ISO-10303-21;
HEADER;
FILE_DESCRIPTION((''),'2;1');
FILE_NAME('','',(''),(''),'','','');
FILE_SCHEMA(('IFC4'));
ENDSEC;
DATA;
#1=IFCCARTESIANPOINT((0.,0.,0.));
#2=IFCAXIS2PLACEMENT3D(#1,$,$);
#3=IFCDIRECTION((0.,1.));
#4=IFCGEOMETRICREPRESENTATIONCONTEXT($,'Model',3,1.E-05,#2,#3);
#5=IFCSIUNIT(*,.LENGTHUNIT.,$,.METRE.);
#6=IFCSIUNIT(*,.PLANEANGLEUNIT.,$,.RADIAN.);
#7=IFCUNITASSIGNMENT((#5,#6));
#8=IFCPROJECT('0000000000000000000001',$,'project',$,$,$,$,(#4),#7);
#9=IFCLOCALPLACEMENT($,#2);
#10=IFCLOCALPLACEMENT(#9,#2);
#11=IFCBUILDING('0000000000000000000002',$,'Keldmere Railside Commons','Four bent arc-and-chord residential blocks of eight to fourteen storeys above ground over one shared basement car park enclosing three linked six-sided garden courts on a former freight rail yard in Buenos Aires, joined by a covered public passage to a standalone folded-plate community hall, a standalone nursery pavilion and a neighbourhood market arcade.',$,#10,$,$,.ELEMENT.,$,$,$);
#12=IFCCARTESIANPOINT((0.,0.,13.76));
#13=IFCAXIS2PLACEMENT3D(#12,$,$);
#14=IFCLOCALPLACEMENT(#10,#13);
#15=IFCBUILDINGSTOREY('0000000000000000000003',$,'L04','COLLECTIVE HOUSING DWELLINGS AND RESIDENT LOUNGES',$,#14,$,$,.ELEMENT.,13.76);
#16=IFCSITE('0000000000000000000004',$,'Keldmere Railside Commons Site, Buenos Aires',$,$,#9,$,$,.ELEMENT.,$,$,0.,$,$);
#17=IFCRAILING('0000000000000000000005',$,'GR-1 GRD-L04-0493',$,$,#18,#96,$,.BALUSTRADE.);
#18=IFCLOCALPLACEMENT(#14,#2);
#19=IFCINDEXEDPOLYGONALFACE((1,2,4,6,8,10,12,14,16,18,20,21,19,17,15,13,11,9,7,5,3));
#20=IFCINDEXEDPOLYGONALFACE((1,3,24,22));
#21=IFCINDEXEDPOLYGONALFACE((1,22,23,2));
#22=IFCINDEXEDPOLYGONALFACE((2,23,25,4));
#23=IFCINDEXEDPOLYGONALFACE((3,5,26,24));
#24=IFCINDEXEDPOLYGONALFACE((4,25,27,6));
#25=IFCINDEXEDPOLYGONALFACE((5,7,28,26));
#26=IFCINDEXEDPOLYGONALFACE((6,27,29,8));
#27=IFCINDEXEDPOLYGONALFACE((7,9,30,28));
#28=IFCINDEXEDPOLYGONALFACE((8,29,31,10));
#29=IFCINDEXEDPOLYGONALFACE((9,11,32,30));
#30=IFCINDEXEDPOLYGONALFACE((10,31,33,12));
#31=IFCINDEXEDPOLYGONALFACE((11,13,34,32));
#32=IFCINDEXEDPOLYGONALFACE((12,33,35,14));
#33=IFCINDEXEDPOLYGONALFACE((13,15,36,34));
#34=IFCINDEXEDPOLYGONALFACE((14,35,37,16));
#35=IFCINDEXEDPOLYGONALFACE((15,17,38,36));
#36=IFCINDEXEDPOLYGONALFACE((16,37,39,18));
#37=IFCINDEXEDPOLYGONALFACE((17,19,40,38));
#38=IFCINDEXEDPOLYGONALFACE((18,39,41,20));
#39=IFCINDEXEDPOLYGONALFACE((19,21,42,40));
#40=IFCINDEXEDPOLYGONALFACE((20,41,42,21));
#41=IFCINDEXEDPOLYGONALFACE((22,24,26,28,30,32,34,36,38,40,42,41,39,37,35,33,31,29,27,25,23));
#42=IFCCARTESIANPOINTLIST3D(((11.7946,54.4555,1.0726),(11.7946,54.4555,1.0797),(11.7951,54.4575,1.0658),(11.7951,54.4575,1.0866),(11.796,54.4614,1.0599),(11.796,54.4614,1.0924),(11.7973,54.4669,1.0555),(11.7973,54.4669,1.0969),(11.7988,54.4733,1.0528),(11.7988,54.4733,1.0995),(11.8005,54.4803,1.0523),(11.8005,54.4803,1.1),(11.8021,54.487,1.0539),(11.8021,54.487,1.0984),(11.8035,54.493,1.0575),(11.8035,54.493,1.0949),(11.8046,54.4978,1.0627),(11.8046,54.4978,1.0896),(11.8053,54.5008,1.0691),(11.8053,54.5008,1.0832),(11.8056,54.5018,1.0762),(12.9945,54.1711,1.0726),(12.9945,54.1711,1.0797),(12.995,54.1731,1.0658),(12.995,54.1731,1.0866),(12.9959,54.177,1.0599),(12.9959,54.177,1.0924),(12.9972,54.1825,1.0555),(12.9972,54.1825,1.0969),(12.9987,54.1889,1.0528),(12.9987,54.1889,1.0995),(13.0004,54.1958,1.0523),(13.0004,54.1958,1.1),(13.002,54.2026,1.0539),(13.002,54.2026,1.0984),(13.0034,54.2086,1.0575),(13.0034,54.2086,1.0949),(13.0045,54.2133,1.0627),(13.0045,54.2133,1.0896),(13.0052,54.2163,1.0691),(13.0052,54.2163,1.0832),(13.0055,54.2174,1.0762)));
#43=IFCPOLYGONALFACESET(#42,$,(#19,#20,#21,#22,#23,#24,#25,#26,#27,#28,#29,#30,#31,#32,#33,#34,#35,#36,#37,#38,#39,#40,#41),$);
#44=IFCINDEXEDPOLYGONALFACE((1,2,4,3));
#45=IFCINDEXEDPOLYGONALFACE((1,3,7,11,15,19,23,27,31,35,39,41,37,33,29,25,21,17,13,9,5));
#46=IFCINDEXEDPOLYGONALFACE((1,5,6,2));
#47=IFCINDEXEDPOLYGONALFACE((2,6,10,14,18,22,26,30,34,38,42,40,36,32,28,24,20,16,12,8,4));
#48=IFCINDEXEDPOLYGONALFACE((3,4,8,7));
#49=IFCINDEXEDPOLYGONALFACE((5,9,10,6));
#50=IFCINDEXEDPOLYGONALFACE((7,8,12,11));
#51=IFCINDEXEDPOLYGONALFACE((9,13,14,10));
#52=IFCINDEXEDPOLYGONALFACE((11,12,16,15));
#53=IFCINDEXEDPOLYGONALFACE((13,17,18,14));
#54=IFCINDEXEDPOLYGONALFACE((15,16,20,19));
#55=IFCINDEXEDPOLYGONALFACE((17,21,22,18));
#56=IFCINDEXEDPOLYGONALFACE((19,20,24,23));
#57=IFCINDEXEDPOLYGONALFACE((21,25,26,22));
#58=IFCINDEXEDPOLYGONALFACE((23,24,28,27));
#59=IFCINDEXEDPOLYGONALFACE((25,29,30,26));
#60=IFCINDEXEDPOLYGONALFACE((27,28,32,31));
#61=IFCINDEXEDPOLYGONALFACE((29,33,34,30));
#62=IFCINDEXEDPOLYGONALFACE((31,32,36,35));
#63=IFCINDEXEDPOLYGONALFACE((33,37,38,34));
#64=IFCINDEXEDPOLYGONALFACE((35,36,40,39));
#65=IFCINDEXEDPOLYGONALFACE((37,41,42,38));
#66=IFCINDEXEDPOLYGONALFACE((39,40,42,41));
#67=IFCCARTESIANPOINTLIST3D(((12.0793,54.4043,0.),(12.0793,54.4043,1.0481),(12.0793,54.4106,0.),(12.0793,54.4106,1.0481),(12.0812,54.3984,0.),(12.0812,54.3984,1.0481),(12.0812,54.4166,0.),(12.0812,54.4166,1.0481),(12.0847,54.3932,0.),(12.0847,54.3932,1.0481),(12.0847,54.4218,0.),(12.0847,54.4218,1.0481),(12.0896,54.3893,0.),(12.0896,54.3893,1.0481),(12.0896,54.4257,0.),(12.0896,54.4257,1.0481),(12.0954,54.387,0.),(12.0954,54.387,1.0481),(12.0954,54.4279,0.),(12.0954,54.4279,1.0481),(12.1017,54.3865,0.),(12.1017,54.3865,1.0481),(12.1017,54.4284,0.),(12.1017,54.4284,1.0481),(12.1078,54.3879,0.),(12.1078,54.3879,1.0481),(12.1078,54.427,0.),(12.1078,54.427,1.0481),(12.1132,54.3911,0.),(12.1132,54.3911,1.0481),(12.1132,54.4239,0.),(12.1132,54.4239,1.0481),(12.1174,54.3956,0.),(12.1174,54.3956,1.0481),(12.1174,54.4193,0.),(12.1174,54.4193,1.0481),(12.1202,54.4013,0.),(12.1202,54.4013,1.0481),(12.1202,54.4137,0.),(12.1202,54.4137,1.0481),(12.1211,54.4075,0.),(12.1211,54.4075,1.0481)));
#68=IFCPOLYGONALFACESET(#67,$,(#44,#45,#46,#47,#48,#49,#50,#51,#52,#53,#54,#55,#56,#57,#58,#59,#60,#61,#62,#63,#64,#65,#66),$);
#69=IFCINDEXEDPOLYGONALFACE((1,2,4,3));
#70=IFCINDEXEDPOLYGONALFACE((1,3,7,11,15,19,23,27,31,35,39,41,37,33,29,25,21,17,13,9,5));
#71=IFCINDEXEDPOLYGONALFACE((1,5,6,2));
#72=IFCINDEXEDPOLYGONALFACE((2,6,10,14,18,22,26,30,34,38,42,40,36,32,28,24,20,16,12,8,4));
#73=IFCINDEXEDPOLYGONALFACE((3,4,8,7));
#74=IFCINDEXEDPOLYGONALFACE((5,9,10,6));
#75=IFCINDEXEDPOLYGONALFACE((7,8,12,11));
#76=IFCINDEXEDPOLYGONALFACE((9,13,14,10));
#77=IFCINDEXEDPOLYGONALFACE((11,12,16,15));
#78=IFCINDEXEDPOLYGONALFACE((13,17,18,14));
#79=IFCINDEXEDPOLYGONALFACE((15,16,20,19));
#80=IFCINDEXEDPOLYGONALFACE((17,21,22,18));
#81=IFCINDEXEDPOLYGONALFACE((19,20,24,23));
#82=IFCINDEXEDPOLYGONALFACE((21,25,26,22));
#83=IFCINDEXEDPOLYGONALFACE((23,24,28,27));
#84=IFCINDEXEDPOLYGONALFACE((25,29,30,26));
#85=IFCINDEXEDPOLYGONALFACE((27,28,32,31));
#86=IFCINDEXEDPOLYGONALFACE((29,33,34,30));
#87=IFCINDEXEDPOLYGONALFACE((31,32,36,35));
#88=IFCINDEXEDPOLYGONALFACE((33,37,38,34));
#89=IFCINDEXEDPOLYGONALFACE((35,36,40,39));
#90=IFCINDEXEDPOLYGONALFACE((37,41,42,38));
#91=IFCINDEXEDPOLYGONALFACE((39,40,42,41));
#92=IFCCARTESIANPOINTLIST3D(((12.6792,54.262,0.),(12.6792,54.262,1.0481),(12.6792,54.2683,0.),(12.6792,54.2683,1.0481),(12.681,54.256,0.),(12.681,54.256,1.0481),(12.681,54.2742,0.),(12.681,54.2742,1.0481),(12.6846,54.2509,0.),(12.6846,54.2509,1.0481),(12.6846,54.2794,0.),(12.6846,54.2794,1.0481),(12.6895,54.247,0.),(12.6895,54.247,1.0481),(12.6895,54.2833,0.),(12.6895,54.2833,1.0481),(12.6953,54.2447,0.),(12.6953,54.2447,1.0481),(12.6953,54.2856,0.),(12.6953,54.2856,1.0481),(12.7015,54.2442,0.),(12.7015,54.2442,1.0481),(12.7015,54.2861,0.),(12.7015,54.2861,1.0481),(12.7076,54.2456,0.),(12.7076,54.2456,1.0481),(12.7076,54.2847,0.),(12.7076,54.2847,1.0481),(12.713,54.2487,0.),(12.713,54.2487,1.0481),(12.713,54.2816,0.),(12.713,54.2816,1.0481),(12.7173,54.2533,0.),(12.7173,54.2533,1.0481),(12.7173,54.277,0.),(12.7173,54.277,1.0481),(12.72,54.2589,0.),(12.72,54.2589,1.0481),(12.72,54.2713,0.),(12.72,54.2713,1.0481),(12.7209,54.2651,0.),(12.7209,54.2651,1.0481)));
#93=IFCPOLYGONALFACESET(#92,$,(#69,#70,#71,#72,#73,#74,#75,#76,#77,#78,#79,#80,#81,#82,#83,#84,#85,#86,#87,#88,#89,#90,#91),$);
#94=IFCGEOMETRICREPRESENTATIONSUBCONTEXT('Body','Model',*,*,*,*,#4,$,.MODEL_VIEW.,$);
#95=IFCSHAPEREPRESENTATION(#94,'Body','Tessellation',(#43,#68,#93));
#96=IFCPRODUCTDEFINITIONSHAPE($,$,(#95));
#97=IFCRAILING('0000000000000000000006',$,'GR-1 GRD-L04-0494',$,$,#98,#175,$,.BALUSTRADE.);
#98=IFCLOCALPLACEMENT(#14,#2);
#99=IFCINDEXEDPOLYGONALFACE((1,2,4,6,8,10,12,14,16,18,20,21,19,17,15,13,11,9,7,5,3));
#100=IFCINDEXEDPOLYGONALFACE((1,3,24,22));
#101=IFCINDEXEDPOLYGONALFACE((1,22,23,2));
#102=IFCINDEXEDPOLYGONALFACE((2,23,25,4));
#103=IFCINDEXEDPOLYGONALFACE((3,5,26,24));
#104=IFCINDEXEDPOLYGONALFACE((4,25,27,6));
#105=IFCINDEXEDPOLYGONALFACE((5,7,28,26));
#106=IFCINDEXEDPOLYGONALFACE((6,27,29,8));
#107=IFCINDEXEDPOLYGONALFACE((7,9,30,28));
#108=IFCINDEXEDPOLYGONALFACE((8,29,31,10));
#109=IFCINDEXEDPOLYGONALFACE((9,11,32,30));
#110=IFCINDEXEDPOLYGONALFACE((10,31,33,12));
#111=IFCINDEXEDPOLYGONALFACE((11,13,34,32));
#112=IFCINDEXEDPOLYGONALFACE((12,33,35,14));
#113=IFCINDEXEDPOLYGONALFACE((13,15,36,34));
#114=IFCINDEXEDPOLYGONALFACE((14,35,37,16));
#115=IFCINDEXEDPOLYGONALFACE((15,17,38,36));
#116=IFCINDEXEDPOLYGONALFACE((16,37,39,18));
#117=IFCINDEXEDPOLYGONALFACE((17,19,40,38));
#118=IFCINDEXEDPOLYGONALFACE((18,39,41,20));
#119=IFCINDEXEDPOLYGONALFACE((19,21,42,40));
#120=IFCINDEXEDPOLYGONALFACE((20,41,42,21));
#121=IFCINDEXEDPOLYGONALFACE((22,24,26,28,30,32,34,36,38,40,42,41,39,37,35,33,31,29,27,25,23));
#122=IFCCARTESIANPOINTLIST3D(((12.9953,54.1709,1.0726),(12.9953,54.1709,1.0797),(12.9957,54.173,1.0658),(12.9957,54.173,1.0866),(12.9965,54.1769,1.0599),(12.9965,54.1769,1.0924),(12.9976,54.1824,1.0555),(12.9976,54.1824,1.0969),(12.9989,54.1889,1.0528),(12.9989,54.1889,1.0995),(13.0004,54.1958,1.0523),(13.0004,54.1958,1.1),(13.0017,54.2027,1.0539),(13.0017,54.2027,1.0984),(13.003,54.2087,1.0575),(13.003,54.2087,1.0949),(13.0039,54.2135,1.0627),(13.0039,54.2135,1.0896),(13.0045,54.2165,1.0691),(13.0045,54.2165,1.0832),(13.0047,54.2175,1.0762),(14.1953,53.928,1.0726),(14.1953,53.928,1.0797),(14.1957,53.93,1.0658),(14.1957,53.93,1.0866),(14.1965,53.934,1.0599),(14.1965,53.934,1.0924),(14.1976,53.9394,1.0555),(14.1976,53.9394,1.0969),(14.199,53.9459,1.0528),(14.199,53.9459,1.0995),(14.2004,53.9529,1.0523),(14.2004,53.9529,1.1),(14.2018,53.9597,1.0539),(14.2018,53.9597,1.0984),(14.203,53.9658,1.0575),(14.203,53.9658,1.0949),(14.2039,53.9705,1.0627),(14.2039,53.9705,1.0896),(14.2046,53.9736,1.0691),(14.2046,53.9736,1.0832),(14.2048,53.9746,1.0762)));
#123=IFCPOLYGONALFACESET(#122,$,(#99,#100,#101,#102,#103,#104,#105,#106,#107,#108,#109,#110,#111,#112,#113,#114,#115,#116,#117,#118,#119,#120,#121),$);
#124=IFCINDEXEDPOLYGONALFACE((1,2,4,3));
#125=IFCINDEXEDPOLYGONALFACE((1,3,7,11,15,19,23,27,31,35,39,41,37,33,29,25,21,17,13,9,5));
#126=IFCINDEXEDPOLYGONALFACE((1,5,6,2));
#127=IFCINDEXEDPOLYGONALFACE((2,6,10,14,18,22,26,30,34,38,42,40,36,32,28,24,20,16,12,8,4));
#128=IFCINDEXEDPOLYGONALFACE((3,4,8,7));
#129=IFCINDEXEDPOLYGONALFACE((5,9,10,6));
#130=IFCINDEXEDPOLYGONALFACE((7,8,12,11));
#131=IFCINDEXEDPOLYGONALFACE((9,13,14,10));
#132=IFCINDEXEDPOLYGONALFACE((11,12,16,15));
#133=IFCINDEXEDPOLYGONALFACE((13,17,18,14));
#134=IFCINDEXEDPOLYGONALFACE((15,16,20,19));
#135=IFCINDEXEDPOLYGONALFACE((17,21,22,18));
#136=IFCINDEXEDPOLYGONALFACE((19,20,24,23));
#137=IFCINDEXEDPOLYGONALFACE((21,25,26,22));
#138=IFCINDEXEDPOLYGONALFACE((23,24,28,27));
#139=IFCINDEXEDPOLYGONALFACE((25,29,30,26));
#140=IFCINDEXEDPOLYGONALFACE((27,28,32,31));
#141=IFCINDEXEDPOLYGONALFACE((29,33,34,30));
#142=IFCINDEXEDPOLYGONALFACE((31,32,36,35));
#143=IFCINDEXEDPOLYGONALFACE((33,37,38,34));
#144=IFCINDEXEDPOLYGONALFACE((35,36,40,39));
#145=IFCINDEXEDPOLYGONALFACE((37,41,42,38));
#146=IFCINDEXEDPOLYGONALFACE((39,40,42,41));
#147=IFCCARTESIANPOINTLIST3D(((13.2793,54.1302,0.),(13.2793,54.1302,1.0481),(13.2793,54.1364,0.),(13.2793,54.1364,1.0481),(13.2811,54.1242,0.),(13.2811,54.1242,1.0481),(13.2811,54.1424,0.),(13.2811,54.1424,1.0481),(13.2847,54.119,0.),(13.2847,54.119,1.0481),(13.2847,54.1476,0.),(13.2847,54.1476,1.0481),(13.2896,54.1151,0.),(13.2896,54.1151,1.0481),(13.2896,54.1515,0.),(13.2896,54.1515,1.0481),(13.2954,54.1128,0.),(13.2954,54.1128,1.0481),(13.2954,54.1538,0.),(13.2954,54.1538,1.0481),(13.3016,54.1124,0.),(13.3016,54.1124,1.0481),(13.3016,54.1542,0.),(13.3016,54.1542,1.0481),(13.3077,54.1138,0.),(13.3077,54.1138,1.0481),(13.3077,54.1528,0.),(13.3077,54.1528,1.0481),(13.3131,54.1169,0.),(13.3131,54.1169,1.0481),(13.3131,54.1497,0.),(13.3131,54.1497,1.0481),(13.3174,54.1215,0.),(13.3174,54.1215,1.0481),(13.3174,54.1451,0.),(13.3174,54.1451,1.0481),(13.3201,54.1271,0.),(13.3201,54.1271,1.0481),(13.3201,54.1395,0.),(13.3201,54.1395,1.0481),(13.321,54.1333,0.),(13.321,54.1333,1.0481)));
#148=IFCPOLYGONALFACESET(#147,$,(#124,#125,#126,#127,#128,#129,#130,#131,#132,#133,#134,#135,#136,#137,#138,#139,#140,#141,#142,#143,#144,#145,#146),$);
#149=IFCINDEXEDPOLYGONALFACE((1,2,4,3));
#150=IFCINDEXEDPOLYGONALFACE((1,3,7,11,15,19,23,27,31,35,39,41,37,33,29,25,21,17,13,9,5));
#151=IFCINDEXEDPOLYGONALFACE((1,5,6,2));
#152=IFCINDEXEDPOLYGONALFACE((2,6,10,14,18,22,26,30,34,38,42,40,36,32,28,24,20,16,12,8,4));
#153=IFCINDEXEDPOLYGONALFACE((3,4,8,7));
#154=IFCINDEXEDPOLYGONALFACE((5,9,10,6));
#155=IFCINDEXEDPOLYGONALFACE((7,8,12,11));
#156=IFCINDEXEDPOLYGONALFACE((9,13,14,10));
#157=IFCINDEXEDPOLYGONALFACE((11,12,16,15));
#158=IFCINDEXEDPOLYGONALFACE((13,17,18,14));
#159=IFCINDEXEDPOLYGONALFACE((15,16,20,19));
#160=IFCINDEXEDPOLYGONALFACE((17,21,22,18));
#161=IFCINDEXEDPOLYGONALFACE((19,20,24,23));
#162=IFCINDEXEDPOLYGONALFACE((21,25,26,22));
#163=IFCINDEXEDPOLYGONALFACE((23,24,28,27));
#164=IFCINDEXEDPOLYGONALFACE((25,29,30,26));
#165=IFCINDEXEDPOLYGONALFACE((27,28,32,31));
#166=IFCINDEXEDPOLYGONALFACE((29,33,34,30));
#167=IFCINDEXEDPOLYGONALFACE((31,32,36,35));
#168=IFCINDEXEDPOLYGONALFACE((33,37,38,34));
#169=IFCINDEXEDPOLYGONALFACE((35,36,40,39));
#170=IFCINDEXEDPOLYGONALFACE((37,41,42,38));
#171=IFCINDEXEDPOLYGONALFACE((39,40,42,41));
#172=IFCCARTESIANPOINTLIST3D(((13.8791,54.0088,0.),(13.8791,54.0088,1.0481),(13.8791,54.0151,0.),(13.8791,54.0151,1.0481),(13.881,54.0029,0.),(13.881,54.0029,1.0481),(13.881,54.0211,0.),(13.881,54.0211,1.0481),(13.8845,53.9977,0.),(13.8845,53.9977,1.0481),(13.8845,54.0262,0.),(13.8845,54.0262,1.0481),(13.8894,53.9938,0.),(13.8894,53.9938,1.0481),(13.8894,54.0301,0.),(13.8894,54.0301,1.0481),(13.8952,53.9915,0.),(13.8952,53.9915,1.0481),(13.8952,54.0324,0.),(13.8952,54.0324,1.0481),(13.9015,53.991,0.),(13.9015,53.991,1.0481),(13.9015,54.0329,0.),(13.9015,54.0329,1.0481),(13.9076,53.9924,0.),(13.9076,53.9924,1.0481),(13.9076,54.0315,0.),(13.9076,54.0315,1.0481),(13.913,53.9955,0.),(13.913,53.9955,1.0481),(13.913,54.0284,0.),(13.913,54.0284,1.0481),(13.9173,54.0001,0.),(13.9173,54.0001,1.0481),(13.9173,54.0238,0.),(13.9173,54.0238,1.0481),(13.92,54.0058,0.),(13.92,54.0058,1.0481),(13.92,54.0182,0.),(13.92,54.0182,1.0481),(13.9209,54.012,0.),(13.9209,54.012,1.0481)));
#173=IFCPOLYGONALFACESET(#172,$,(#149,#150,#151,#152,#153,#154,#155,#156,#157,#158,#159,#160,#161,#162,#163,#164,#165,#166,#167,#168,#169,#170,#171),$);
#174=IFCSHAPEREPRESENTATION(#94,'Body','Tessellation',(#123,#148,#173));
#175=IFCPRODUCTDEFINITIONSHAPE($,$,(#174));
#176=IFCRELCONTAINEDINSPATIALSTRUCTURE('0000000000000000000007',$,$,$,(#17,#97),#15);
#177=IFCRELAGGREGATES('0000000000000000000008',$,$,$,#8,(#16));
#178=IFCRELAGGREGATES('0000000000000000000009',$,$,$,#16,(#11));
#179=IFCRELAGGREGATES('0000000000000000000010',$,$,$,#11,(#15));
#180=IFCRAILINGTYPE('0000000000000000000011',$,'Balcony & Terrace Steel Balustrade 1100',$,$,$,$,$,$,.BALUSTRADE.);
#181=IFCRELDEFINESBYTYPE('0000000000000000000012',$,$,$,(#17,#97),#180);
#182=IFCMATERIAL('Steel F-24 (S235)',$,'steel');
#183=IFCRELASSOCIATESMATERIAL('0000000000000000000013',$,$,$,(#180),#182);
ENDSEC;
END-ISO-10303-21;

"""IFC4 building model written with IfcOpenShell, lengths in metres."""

from ifc_helpers import new_model, si_unit, direction, frame, origin, origin_2d, place, context, subcontext, project, spatial, circle, extrude, material, type_object, element, save


model = new_model("IFC4")

# Units and contexts
model_context = context("Model", 3, precision=1e-05, world=origin(), true_north=direction((0.0, 1.0)))
body_context = subcontext(model_context, "Body", "Model", "MODEL_VIEW")
ifc_project = project(units=[si_unit("LENGTHUNIT", "METRE"), si_unit("PLANEANGLEUNIT", "RADIAN")], contexts=[model_context])

# Site, building, storey
site_placement = place(None, origin())
site = spatial("IfcSite", under=ifc_project, at=site_placement, Name="Keldmere Railside Commons Site, Buenos Aires", CompositionType="ELEMENT", RefElevation=0.0)
building_placement = place(site_placement, origin())
building = spatial("IfcBuilding", under=site, at=building_placement, Name="Keldmere Railside Commons", Description="Four bent arc-and-chord residential blocks of eight to fourteen storeys above ground over one shared basement car park enclosing three linked six-sided garden courts on a former freight rail yard in Buenos Aires, joined by a covered public passage to a standalone folded-plate community hall, a standalone nursery pavilion and a neighbourhood market arcade.", CompositionType="ELEMENT")
storey_placement = place(building_placement, frame((0.0, 0.0, 13.76)))
storey = spatial("IfcBuildingStorey", under=building, at=storey_placement, Name="L04", Description="COLLECTIVE HOUSING DWELLINGS AND RESIDENT LOUNGES", CompositionType="ELEMENT", Elevation=13.76)

# Railings
ifc_material_1 = material(Name="Steel F-24 (S235)", Category="steel")
railing_type = type_object("IfcRailingType", Name="Balcony & Terrace Steel Balustrade 1100", PredefinedType="BALUSTRADE", material=ifc_material_1)
railing_1_placement = place(storey_placement, frame((11.8, 54.4785, 0.0)))
element("IfcRailing", 1, at=railing_1_placement, inside=storey, type_object=railing_type, Name="GR-1 GRD-L04-0493", PredefinedType="BALUSTRADE", context=body_context, shape_type="SweptSolid", body=[
    extrude(circle(Radius=0.0239, at=origin_2d()), frame((0.0, 0.0, 1.0762), z_axis=(0.973039, -0.230639, 0.0), x_axis=(0.230639, 0.973039, 0.0)), (0.0, 0.0, 1.0), 1.2332),
    extrude(circle(Radius=0.021, at=origin_2d()), frame((0.3, -0.071, 0.0)), (0.0, 0.0, 1.0), 1.0481),
    extrude(circle(Radius=0.021, at=origin_2d()), frame((0.8999, -0.2134, 0.0)), (0.0, 0.0, 1.0), 1.0481),
])
railing_2_placement = place(storey_placement, frame((13.0, 54.1941, 0.0)))
element("IfcRailing", 2, at=railing_2_placement, inside=storey, type_object=railing_type, Name="GR-1 GRD-L04-0494", PredefinedType="BALUSTRADE", context=body_context, shape_type="SweptSolid", body=[
    extrude(circle(Radius=0.0239, at=origin_2d()), frame((0.0, 0.0, 1.0762), z_axis=(0.980118, -0.198417, 0.0), x_axis=(0.198417, 0.980118, 0.0)), (0.0, 0.0, 1.0), 1.2244),
    extrude(circle(Radius=0.021, at=origin_2d()), frame((0.3, -0.0608, 0.0)), (0.0, 0.0, 1.0), 1.0481),
    extrude(circle(Radius=0.021, at=origin_2d()), frame((0.8999, -0.1821, 0.0)), (0.0, 0.0, 1.0), 1.0481),
])

save(model, "model.ifc")
